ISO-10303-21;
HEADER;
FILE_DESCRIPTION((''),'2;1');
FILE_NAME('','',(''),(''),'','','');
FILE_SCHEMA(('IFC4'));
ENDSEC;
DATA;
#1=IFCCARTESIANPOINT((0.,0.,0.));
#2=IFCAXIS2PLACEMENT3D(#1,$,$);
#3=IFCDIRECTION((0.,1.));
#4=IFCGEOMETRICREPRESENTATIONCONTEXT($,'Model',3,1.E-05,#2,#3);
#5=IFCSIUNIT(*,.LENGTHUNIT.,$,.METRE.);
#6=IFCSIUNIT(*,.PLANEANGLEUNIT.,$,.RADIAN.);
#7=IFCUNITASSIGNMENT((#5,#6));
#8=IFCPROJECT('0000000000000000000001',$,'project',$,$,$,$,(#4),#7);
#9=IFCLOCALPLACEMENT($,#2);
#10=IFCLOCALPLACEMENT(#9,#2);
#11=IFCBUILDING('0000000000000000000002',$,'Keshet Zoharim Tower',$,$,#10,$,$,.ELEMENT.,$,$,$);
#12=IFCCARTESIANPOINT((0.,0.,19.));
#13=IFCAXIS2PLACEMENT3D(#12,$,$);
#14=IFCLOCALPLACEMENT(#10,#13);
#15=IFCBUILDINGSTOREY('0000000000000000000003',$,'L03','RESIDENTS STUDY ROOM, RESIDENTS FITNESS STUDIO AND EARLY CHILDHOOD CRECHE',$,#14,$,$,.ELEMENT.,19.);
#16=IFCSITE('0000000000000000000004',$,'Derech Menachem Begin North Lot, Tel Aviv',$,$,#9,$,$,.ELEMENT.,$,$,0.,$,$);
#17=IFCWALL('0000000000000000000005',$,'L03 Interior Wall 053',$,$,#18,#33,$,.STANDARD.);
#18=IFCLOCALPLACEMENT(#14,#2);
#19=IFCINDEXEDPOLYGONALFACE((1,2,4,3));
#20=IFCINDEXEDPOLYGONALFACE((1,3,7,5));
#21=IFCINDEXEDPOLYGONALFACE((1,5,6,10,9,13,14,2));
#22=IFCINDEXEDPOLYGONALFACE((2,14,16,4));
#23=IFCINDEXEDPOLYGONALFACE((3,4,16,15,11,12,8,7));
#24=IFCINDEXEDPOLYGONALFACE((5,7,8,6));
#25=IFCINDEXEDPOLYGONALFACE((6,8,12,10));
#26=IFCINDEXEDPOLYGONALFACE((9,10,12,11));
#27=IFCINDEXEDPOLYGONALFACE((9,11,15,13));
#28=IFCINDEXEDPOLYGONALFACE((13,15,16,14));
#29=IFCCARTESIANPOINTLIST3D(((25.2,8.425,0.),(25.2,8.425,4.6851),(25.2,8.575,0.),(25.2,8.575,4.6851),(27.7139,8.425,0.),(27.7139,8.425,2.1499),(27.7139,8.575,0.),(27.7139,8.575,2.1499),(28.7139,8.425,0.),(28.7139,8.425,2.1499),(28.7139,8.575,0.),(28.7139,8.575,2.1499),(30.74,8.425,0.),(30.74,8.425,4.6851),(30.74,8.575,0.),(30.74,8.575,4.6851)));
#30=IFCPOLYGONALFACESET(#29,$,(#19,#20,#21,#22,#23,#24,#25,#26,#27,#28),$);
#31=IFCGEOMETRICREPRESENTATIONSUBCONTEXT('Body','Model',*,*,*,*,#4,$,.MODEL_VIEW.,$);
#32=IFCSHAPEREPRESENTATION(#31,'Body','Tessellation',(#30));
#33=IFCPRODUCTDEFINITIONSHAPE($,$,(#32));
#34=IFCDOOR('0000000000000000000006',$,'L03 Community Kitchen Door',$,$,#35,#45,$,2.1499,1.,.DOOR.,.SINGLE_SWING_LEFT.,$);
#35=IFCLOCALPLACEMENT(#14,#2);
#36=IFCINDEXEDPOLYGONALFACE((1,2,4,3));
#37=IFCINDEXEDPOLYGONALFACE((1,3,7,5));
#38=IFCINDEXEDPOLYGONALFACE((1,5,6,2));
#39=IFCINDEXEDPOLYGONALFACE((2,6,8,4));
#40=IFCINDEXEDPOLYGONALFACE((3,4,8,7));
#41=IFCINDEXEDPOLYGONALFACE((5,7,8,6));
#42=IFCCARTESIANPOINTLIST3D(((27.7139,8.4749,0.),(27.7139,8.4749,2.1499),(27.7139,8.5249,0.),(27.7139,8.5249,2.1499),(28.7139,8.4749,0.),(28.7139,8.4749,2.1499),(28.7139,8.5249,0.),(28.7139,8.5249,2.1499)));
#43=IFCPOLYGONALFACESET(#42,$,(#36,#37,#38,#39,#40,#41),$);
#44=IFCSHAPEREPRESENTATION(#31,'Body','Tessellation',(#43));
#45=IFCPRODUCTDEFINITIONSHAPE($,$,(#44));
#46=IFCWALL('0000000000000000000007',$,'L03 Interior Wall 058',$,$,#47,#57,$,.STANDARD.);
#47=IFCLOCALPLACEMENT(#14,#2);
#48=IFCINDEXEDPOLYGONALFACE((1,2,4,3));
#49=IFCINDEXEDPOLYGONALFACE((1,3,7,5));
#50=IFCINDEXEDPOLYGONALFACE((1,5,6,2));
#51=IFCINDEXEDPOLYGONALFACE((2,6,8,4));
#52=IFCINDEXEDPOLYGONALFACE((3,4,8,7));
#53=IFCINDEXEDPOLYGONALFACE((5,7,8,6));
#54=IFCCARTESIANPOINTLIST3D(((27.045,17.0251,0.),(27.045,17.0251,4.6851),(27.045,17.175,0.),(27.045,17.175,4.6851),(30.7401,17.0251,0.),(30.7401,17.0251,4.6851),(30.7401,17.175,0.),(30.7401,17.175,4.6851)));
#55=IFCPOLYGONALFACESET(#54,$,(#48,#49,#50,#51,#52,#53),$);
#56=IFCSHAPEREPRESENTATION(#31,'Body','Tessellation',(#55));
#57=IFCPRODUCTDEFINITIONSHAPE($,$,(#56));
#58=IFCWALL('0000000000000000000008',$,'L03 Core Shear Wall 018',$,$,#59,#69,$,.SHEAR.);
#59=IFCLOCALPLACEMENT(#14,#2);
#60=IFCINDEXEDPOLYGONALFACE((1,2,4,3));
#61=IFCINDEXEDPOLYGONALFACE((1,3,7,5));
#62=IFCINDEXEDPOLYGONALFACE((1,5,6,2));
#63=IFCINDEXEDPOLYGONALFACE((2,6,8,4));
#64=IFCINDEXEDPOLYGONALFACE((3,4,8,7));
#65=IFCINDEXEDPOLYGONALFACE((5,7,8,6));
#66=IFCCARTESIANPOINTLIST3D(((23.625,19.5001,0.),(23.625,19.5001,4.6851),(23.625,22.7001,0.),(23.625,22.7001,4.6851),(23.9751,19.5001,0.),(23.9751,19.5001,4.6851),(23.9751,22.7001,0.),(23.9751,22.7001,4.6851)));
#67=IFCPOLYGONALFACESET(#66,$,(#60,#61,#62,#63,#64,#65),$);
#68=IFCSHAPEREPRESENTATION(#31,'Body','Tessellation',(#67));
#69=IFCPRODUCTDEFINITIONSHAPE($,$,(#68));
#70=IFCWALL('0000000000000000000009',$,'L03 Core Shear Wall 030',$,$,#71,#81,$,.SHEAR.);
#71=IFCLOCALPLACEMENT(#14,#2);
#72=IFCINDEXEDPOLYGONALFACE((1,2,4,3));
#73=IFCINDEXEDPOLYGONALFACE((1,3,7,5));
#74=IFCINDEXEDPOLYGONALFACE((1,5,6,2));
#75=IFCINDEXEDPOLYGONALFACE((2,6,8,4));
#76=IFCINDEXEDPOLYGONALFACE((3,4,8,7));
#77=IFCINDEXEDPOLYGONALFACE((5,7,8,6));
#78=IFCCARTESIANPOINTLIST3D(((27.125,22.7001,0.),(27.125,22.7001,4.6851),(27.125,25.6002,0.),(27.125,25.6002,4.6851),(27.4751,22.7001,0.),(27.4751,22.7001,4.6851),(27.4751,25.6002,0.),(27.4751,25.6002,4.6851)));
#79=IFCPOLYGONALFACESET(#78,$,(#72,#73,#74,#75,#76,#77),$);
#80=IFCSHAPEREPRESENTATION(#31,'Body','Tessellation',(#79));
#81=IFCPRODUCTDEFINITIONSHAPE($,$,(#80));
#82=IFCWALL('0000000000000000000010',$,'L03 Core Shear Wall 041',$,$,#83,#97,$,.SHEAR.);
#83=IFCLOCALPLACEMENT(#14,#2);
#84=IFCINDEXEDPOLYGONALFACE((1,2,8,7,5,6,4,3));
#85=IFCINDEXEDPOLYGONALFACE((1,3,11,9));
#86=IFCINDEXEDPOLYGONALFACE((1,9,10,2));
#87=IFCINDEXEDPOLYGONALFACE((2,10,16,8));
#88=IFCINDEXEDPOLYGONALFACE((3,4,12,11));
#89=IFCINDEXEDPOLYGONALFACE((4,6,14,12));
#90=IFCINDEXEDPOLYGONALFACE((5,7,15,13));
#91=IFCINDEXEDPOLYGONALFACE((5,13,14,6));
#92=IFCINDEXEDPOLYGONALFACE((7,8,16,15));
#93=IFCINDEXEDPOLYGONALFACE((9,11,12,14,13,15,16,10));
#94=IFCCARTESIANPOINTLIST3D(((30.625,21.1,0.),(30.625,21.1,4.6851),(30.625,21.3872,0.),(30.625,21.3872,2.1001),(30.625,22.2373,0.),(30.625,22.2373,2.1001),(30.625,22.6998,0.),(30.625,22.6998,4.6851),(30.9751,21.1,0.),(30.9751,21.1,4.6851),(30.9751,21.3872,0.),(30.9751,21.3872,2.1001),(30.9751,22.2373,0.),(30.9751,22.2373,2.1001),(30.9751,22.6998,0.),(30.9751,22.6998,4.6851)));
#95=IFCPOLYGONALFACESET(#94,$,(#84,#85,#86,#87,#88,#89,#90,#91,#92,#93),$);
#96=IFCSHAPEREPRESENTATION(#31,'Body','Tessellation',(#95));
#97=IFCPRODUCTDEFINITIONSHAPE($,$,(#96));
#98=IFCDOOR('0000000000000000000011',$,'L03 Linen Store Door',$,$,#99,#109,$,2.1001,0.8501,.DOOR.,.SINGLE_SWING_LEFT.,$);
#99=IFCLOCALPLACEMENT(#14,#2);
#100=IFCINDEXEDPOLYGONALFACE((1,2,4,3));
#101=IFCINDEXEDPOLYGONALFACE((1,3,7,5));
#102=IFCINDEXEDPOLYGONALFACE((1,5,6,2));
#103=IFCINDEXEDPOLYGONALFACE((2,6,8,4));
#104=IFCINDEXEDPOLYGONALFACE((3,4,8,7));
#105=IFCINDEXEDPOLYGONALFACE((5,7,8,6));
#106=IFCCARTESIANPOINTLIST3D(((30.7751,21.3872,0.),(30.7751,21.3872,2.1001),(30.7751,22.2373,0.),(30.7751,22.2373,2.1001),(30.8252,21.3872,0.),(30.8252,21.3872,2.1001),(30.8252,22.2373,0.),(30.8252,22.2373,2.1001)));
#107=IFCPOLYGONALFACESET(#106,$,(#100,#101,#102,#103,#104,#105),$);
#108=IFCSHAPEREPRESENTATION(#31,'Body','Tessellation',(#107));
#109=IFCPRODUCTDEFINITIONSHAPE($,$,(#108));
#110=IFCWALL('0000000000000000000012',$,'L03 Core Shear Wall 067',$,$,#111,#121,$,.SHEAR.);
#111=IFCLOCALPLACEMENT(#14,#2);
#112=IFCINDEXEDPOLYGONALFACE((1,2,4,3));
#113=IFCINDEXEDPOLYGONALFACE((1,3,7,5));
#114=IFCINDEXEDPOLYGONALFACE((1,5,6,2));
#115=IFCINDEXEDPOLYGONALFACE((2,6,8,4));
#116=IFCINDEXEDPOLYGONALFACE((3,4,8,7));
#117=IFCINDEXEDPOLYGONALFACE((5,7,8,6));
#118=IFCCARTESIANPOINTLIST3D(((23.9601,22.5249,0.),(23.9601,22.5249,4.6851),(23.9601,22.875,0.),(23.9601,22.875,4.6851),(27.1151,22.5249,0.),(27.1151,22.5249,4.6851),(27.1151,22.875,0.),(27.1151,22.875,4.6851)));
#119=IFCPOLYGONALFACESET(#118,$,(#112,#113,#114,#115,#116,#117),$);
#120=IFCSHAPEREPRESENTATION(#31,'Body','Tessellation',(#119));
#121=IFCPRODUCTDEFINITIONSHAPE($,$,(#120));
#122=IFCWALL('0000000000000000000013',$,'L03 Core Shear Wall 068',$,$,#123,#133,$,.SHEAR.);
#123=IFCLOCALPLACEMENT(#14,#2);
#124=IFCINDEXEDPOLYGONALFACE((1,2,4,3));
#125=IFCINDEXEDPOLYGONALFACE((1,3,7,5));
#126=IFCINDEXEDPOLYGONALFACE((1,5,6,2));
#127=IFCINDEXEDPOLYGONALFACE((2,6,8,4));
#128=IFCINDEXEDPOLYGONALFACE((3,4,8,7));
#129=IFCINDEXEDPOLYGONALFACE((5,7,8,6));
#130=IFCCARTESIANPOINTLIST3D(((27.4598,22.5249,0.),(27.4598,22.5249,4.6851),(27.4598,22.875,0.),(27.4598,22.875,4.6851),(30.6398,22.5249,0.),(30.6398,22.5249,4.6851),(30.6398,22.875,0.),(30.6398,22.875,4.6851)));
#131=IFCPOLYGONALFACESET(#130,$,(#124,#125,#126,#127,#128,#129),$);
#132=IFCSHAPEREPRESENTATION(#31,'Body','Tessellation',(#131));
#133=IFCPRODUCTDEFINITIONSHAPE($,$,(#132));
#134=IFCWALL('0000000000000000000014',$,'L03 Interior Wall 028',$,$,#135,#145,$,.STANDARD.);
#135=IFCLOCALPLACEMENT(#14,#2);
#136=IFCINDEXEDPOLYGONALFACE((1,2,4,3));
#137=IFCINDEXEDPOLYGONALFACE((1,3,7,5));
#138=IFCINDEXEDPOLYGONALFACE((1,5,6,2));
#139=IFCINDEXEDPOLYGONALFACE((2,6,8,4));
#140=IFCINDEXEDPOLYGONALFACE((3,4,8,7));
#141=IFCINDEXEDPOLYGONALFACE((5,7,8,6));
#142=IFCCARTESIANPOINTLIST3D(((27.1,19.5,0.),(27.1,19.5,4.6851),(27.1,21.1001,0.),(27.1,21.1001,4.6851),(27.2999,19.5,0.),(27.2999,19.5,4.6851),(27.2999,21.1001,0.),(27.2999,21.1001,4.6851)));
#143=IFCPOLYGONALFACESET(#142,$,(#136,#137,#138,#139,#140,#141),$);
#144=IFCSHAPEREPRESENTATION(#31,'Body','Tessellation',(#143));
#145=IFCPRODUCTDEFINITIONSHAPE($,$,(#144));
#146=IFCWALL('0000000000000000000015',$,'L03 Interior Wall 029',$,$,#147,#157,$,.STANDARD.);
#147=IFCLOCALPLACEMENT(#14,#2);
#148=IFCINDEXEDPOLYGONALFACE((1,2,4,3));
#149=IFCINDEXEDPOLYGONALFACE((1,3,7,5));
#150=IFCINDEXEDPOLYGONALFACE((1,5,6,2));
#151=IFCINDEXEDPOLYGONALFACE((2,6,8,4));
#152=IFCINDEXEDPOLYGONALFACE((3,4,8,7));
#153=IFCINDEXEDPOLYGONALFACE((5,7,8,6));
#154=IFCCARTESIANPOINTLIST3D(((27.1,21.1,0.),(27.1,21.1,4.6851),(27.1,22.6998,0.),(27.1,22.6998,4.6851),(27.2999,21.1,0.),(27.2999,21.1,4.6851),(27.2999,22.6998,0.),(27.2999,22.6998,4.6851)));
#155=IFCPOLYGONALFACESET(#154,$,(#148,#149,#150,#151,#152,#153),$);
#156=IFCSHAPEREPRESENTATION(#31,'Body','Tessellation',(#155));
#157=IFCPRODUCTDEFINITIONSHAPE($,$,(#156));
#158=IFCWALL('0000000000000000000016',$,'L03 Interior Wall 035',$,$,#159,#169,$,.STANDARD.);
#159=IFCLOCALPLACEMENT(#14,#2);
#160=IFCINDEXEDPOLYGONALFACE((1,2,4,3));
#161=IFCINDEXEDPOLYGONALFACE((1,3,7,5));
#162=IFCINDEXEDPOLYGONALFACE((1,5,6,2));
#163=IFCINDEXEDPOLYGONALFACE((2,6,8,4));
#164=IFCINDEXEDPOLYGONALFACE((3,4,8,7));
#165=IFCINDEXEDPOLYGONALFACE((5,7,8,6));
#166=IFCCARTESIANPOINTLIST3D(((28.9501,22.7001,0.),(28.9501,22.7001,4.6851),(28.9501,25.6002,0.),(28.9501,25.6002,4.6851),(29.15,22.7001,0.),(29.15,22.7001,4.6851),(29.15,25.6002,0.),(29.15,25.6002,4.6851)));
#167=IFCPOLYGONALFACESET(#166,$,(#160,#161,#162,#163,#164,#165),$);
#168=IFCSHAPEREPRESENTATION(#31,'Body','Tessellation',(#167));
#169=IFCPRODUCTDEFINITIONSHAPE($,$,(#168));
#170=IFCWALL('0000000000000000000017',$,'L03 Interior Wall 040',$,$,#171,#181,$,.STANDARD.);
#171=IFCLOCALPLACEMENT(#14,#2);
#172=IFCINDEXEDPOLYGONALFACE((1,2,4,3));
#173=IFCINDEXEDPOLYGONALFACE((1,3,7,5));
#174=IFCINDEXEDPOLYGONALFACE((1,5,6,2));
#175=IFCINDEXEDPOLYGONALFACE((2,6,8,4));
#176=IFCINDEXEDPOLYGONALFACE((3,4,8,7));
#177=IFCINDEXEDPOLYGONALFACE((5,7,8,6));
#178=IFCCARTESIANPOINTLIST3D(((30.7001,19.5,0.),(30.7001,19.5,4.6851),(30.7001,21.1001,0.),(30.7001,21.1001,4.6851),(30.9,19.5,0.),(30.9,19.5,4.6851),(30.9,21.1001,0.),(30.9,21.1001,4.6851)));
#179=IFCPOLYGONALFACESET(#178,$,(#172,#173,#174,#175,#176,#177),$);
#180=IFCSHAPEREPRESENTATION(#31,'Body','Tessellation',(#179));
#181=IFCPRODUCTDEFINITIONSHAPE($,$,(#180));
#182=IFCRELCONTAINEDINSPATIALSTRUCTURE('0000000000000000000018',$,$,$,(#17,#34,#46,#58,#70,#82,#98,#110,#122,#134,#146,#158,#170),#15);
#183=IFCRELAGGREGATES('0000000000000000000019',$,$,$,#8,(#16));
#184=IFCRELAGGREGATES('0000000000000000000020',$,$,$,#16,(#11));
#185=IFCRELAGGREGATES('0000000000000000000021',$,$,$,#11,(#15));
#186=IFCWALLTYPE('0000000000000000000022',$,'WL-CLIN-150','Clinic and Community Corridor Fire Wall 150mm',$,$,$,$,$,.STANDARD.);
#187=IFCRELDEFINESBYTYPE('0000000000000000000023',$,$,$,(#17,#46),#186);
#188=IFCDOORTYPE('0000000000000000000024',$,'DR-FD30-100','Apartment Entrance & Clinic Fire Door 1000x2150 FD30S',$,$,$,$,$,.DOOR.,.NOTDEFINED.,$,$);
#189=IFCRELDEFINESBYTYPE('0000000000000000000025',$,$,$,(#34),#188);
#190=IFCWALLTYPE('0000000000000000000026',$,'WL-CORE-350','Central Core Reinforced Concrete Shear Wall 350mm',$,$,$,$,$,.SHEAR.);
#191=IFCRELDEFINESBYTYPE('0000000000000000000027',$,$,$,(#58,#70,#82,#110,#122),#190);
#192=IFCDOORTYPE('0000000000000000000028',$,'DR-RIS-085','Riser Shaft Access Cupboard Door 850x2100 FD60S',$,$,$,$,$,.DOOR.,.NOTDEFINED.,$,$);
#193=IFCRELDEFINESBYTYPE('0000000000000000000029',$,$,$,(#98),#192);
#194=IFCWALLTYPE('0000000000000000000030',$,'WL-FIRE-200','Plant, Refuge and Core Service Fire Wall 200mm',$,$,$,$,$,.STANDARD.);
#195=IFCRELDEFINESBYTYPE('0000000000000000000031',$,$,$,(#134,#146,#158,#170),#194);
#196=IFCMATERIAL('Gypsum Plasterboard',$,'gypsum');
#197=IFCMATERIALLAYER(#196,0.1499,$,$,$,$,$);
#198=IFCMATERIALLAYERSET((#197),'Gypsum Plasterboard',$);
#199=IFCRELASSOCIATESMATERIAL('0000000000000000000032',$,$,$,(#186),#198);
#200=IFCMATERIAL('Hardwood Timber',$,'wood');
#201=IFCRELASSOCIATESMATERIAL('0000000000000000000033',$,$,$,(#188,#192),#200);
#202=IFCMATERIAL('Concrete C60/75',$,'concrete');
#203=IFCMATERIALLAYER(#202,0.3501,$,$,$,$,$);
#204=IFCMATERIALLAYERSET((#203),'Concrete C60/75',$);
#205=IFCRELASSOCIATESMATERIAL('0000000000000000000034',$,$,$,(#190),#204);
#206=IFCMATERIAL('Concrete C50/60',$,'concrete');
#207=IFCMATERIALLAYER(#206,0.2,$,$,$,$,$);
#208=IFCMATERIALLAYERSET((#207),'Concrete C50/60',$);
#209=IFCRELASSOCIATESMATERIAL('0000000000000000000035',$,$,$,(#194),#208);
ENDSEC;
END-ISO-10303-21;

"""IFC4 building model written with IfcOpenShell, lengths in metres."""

from ifc_helpers import new_model, si_unit, direction, frame, frame_2d, origin, place, context, subcontext, project, spatial, rectangle, extrude, material, layer, layer_set, type_object, element, fill, save


model = new_model("IFC4")

# Units and contexts
model_context = context("Model", 3, precision=1e-05, world=origin(), true_north=direction((0.0, 1.0)))
body_context = subcontext(model_context, "Body", "Model", "MODEL_VIEW")
ifc_project = project(units=[si_unit("LENGTHUNIT", "METRE"), si_unit("PLANEANGLEUNIT", "RADIAN")], contexts=[model_context])

# Site, building, storey
site_placement = place(None, origin())
site = spatial("IfcSite", under=ifc_project, at=site_placement, Name="Derech Menachem Begin North Lot, Tel Aviv", CompositionType="ELEMENT", RefElevation=0.0)
building_placement = place(site_placement, origin())
building = spatial("IfcBuilding", under=site, at=building_placement, Name="Keshet Zoharim Tower", CompositionType="ELEMENT")
storey_placement = place(building_placement, frame((0.0, 0.0, 19.0)))
storey = spatial("IfcBuildingStorey", under=building, at=storey_placement, Name="L03", Description="RESIDENTS STUDY ROOM, RESIDENTS FITNESS STUDIO AND EARLY CHILDHOOD CRECHE", CompositionType="ELEMENT", Elevation=19.0)

# Shared definitions
ifc_material_1 = material(Name="Gypsum Plasterboard", Category="gypsum")
ifc_layer_1 = layer(ifc_material_1, 0.1499)
ifc_layer_set_1 = layer_set([ifc_layer_1], Name="Gypsum Plasterboard")
wall_type_1 = type_object("IfcWallType", Name="WL-CLIN-150", Description="Clinic and Community Corridor Fire Wall 150mm", PredefinedType="STANDARD", material=ifc_layer_set_1)

# Wall, opening, door
wall_1_placement = place(storey_placement, frame((25.2, 8.5, 0.0), z_axis=(0.0, 0.0, 1.0), x_axis=(1.0, 0.0, 0.0)))
wall_1 = element("IfcWall", 1, at=wall_1_placement, inside=storey, type_object=wall_type_1, Name="L03 Interior Wall 053", PredefinedType="STANDARD", context=body_context, shape_type="SweptSolid", body=[
    extrude(rectangle(XDim=5.54, YDim=0.1499, at=frame_2d((2.77, 0.0))), origin(), (0.0, 0.0, 1.0), 4.6851),
])
opening_1_placement = place(wall_1_placement, frame((2.5139, 0.0, 0.0)))
opening_1 = element("IfcOpeningElement", 2, at=opening_1_placement, cuts=wall_1, PredefinedType="OPENING", context=body_context, shape_type="SweptSolid", body=[
    extrude(rectangle(XDim=1.0, YDim=2.1499, at=frame_2d((0.5, 1.075))), frame((0.0, 0.085, 0.0), z_axis=(0.0, -1.0, 0.0), x_axis=(1.0, 0.0, 0.0)), (0.0, 0.0, 1.0), 0.1699),
])
ifc_material_2 = material(Name="Hardwood Timber", Category="wood")
door_type_1 = type_object("IfcDoorType", Name="DR-FD30-100", Description="Apartment Entrance & Clinic Fire Door 1000x2150 FD30S", OperationType="NOTDEFINED", PredefinedType="DOOR", material=ifc_material_2)
door_1_placement = place(opening_1_placement, origin())
door_1 = element("IfcDoor", 3, at=door_1_placement, inside=storey, type_object=door_type_1, Name="L03 Community Kitchen Door", OperationType="SINGLE_SWING_LEFT", OverallHeight=2.1499, OverallWidth=1.0, PredefinedType="DOOR", context=body_context, shape_type="SweptSolid", body=[
    extrude(rectangle(XDim=1.0, YDim=2.1499, at=frame_2d((0.5, 1.075))), frame((0.0, 0.0249, 0.0), z_axis=(0.0, -1.0, 0.0), x_axis=(1.0, 0.0, 0.0)), (0.0, 0.0, 1.0), 0.05),
])
fill(opening_1, door_1)

# Walls
wall_2_placement = place(storey_placement, frame((27.0449, 17.1001, 0.0), z_axis=(0.0, 0.0, 1.0), x_axis=(1.0, 0.0, 0.0)))
element("IfcWall", 4, at=wall_2_placement, inside=storey, type_object=wall_type_1, Name="L03 Interior Wall 058", PredefinedType="STANDARD", context=body_context, shape_type="SweptSolid", body=[
    extrude(rectangle(XDim=3.6951, YDim=0.1499, at=frame_2d((1.8477, 0.0))), origin(), (0.0, 0.0, 1.0), 4.6851),
])
ifc_material_3 = material(Name="Concrete C60/75", Category="concrete")
ifc_layer_2 = layer(ifc_material_3, 0.3501)
ifc_layer_set_2 = layer_set([ifc_layer_2], Name="Concrete C60/75")
wall_type_2 = type_object("IfcWallType", Name="WL-CORE-350", Description="Central Core Reinforced Concrete Shear Wall 350mm", PredefinedType="SHEAR", material=ifc_layer_set_2)
wall_3_placement = place(storey_placement, frame((23.8, 19.5, 0.0), z_axis=(0.0, 0.0, 1.0), x_axis=(0.0, 1.0, 0.0)))
element("IfcWall", 5, at=wall_3_placement, inside=storey, type_object=wall_type_2, Name="L03 Core Shear Wall 018", PredefinedType="SHEAR", context=body_context, shape_type="SweptSolid", body=[
    extrude(rectangle(XDim=3.2, YDim=0.3501, at=frame_2d((1.6001, 0.0))), origin(), (0.0, 0.0, 1.0), 4.6851),
])

# Wall
wall_4_placement = place(storey_placement, frame((27.3, 22.7, 0.0), z_axis=(0.0, 0.0, 1.0), x_axis=(0.0, 1.0, 0.0)))
element("IfcWall", 6, at=wall_4_placement, inside=storey, type_object=wall_type_2, Name="L03 Core Shear Wall 030", PredefinedType="SHEAR", context=body_context, shape_type="SweptSolid", body=[
    extrude(rectangle(XDim=2.9001, YDim=0.3501, at=frame_2d((1.4502, 0.0))), origin(), (0.0, 0.0, 1.0), 4.6851),
])

# Wall, opening, door
wall_5_placement = place(storey_placement, frame((30.8, 21.1001, 0.0), z_axis=(0.0, 0.0, 1.0), x_axis=(0.0, 1.0, 0.0)))
wall_5 = element("IfcWall", 7, at=wall_5_placement, inside=storey, type_object=wall_type_2, Name="L03 Core Shear Wall 041", PredefinedType="SHEAR", context=body_context, shape_type="SweptSolid", body=[
    extrude(rectangle(XDim=1.5999, YDim=0.3501, at=frame_2d((0.7998, 0.0))), origin(), (0.0, 0.0, 1.0), 4.6851),
])
opening_2_placement = place(wall_5_placement, frame((0.2871, 0.0, 0.0)))
opening_2 = element("IfcOpeningElement", 8, at=opening_2_placement, cuts=wall_5, PredefinedType="OPENING", context=body_context, shape_type="SweptSolid", body=[
    extrude(rectangle(XDim=0.8501, YDim=2.1001, at=frame_2d((0.425, 1.05))), frame((0.0, 0.1851, 0.0), z_axis=(0.0, -1.0, 0.0), x_axis=(1.0, 0.0, 0.0)), (0.0, 0.0, 1.0), 0.3701),
])
door_type_2 = type_object("IfcDoorType", Name="DR-RIS-085", Description="Riser Shaft Access Cupboard Door 850x2100 FD60S", OperationType="NOTDEFINED", PredefinedType="DOOR", material=ifc_material_2)
door_2_placement = place(opening_2_placement, origin())
door_2 = element("IfcDoor", 9, at=door_2_placement, inside=storey, type_object=door_type_2, Name="L03 Linen Store Door", OperationType="SINGLE_SWING_LEFT", OverallHeight=2.1001, OverallWidth=0.8501, PredefinedType="DOOR", context=body_context, shape_type="SweptSolid", body=[
    extrude(rectangle(XDim=0.8501, YDim=2.1001, at=frame_2d((0.425, 1.05))), frame((0.0, 0.0249, 0.0), z_axis=(0.0, -1.0, 0.0), x_axis=(1.0, 0.0, 0.0)), (0.0, 0.0, 1.0), 0.05),
])
fill(opening_2, door_2)

# Walls
wall_6_placement = place(storey_placement, frame((23.96, 22.7, 0.0), z_axis=(0.0, 0.0, 1.0), x_axis=(1.0, 0.0, 0.0)))
element("IfcWall", 10, at=wall_6_placement, inside=storey, type_object=wall_type_2, Name="L03 Core Shear Wall 067", PredefinedType="SHEAR", context=body_context, shape_type="SweptSolid", body=[
    extrude(rectangle(XDim=3.155, YDim=0.3501, at=frame_2d((1.5776, 0.0))), origin(), (0.0, 0.0, 1.0), 4.6851),
])
wall_7_placement = place(storey_placement, frame((27.46, 22.7, 0.0), z_axis=(0.0, 0.0, 1.0), x_axis=(1.0, 0.0, 0.0)))
element("IfcWall", 11, at=wall_7_placement, inside=storey, type_object=wall_type_2, Name="L03 Core Shear Wall 068", PredefinedType="SHEAR", context=body_context, shape_type="SweptSolid", body=[
    extrude(rectangle(XDim=3.1799, YDim=0.3501, at=frame_2d((1.5898, 0.0))), origin(), (0.0, 0.0, 1.0), 4.6851),
])
ifc_material_4 = material(Name="Concrete C50/60", Category="concrete")
ifc_layer_3 = layer(ifc_material_4, 0.2)
ifc_layer_set_3 = layer_set([ifc_layer_3], Name="Concrete C50/60")
wall_type_3 = type_object("IfcWallType", Name="WL-FIRE-200", Description="Plant, Refuge and Core Service Fire Wall 200mm", PredefinedType="STANDARD", material=ifc_layer_set_3)
wall_8_placement = place(storey_placement, frame((27.2, 19.5, 0.0), z_axis=(0.0, 0.0, 1.0), x_axis=(0.0, 1.0, 0.0)))
element("IfcWall", 12, at=wall_8_placement, inside=storey, type_object=wall_type_3, Name="L03 Interior Wall 028", PredefinedType="STANDARD", context=body_context, shape_type="SweptSolid", body=[
    extrude(rectangle(XDim=1.6001, YDim=0.2, at=frame_2d((0.8, 0.0))), origin(), (0.0, 0.0, 1.0), 4.6851),
])
wall_9_placement = place(storey_placement, frame((27.2, 21.1001, 0.0), z_axis=(0.0, 0.0, 1.0), x_axis=(0.0, 1.0, 0.0)))
element("IfcWall", 13, at=wall_9_placement, inside=storey, type_object=wall_type_3, Name="L03 Interior Wall 029", PredefinedType="STANDARD", context=body_context, shape_type="SweptSolid", body=[
    extrude(rectangle(XDim=1.5999, YDim=0.2, at=frame_2d((0.7998, 0.0))), origin(), (0.0, 0.0, 1.0), 4.6851),
])
wall_10_placement = place(storey_placement, frame((29.05, 22.7, 0.0), z_axis=(0.0, 0.0, 1.0), x_axis=(0.0, 1.0, 0.0)))
element("IfcWall", 14, at=wall_10_placement, inside=storey, type_object=wall_type_3, Name="L03 Interior Wall 035", PredefinedType="STANDARD", context=body_context, shape_type="SweptSolid", body=[
    extrude(rectangle(XDim=2.9001, YDim=0.2, at=frame_2d((1.4502, 0.0))), origin(), (0.0, 0.0, 1.0), 4.6851),
])
wall_11_placement = place(storey_placement, frame((30.8, 19.5, 0.0), z_axis=(0.0, 0.0, 1.0), x_axis=(0.0, 1.0, 0.0)))
element("IfcWall", 15, at=wall_11_placement, inside=storey, type_object=wall_type_3, Name="L03 Interior Wall 040", PredefinedType="STANDARD", context=body_context, shape_type="SweptSolid", body=[
    extrude(rectangle(XDim=1.6001, YDim=0.2, at=frame_2d((0.8, 0.0))), origin(), (0.0, 0.0, 1.0), 4.6851),
])

save(model, "model.ifc")
